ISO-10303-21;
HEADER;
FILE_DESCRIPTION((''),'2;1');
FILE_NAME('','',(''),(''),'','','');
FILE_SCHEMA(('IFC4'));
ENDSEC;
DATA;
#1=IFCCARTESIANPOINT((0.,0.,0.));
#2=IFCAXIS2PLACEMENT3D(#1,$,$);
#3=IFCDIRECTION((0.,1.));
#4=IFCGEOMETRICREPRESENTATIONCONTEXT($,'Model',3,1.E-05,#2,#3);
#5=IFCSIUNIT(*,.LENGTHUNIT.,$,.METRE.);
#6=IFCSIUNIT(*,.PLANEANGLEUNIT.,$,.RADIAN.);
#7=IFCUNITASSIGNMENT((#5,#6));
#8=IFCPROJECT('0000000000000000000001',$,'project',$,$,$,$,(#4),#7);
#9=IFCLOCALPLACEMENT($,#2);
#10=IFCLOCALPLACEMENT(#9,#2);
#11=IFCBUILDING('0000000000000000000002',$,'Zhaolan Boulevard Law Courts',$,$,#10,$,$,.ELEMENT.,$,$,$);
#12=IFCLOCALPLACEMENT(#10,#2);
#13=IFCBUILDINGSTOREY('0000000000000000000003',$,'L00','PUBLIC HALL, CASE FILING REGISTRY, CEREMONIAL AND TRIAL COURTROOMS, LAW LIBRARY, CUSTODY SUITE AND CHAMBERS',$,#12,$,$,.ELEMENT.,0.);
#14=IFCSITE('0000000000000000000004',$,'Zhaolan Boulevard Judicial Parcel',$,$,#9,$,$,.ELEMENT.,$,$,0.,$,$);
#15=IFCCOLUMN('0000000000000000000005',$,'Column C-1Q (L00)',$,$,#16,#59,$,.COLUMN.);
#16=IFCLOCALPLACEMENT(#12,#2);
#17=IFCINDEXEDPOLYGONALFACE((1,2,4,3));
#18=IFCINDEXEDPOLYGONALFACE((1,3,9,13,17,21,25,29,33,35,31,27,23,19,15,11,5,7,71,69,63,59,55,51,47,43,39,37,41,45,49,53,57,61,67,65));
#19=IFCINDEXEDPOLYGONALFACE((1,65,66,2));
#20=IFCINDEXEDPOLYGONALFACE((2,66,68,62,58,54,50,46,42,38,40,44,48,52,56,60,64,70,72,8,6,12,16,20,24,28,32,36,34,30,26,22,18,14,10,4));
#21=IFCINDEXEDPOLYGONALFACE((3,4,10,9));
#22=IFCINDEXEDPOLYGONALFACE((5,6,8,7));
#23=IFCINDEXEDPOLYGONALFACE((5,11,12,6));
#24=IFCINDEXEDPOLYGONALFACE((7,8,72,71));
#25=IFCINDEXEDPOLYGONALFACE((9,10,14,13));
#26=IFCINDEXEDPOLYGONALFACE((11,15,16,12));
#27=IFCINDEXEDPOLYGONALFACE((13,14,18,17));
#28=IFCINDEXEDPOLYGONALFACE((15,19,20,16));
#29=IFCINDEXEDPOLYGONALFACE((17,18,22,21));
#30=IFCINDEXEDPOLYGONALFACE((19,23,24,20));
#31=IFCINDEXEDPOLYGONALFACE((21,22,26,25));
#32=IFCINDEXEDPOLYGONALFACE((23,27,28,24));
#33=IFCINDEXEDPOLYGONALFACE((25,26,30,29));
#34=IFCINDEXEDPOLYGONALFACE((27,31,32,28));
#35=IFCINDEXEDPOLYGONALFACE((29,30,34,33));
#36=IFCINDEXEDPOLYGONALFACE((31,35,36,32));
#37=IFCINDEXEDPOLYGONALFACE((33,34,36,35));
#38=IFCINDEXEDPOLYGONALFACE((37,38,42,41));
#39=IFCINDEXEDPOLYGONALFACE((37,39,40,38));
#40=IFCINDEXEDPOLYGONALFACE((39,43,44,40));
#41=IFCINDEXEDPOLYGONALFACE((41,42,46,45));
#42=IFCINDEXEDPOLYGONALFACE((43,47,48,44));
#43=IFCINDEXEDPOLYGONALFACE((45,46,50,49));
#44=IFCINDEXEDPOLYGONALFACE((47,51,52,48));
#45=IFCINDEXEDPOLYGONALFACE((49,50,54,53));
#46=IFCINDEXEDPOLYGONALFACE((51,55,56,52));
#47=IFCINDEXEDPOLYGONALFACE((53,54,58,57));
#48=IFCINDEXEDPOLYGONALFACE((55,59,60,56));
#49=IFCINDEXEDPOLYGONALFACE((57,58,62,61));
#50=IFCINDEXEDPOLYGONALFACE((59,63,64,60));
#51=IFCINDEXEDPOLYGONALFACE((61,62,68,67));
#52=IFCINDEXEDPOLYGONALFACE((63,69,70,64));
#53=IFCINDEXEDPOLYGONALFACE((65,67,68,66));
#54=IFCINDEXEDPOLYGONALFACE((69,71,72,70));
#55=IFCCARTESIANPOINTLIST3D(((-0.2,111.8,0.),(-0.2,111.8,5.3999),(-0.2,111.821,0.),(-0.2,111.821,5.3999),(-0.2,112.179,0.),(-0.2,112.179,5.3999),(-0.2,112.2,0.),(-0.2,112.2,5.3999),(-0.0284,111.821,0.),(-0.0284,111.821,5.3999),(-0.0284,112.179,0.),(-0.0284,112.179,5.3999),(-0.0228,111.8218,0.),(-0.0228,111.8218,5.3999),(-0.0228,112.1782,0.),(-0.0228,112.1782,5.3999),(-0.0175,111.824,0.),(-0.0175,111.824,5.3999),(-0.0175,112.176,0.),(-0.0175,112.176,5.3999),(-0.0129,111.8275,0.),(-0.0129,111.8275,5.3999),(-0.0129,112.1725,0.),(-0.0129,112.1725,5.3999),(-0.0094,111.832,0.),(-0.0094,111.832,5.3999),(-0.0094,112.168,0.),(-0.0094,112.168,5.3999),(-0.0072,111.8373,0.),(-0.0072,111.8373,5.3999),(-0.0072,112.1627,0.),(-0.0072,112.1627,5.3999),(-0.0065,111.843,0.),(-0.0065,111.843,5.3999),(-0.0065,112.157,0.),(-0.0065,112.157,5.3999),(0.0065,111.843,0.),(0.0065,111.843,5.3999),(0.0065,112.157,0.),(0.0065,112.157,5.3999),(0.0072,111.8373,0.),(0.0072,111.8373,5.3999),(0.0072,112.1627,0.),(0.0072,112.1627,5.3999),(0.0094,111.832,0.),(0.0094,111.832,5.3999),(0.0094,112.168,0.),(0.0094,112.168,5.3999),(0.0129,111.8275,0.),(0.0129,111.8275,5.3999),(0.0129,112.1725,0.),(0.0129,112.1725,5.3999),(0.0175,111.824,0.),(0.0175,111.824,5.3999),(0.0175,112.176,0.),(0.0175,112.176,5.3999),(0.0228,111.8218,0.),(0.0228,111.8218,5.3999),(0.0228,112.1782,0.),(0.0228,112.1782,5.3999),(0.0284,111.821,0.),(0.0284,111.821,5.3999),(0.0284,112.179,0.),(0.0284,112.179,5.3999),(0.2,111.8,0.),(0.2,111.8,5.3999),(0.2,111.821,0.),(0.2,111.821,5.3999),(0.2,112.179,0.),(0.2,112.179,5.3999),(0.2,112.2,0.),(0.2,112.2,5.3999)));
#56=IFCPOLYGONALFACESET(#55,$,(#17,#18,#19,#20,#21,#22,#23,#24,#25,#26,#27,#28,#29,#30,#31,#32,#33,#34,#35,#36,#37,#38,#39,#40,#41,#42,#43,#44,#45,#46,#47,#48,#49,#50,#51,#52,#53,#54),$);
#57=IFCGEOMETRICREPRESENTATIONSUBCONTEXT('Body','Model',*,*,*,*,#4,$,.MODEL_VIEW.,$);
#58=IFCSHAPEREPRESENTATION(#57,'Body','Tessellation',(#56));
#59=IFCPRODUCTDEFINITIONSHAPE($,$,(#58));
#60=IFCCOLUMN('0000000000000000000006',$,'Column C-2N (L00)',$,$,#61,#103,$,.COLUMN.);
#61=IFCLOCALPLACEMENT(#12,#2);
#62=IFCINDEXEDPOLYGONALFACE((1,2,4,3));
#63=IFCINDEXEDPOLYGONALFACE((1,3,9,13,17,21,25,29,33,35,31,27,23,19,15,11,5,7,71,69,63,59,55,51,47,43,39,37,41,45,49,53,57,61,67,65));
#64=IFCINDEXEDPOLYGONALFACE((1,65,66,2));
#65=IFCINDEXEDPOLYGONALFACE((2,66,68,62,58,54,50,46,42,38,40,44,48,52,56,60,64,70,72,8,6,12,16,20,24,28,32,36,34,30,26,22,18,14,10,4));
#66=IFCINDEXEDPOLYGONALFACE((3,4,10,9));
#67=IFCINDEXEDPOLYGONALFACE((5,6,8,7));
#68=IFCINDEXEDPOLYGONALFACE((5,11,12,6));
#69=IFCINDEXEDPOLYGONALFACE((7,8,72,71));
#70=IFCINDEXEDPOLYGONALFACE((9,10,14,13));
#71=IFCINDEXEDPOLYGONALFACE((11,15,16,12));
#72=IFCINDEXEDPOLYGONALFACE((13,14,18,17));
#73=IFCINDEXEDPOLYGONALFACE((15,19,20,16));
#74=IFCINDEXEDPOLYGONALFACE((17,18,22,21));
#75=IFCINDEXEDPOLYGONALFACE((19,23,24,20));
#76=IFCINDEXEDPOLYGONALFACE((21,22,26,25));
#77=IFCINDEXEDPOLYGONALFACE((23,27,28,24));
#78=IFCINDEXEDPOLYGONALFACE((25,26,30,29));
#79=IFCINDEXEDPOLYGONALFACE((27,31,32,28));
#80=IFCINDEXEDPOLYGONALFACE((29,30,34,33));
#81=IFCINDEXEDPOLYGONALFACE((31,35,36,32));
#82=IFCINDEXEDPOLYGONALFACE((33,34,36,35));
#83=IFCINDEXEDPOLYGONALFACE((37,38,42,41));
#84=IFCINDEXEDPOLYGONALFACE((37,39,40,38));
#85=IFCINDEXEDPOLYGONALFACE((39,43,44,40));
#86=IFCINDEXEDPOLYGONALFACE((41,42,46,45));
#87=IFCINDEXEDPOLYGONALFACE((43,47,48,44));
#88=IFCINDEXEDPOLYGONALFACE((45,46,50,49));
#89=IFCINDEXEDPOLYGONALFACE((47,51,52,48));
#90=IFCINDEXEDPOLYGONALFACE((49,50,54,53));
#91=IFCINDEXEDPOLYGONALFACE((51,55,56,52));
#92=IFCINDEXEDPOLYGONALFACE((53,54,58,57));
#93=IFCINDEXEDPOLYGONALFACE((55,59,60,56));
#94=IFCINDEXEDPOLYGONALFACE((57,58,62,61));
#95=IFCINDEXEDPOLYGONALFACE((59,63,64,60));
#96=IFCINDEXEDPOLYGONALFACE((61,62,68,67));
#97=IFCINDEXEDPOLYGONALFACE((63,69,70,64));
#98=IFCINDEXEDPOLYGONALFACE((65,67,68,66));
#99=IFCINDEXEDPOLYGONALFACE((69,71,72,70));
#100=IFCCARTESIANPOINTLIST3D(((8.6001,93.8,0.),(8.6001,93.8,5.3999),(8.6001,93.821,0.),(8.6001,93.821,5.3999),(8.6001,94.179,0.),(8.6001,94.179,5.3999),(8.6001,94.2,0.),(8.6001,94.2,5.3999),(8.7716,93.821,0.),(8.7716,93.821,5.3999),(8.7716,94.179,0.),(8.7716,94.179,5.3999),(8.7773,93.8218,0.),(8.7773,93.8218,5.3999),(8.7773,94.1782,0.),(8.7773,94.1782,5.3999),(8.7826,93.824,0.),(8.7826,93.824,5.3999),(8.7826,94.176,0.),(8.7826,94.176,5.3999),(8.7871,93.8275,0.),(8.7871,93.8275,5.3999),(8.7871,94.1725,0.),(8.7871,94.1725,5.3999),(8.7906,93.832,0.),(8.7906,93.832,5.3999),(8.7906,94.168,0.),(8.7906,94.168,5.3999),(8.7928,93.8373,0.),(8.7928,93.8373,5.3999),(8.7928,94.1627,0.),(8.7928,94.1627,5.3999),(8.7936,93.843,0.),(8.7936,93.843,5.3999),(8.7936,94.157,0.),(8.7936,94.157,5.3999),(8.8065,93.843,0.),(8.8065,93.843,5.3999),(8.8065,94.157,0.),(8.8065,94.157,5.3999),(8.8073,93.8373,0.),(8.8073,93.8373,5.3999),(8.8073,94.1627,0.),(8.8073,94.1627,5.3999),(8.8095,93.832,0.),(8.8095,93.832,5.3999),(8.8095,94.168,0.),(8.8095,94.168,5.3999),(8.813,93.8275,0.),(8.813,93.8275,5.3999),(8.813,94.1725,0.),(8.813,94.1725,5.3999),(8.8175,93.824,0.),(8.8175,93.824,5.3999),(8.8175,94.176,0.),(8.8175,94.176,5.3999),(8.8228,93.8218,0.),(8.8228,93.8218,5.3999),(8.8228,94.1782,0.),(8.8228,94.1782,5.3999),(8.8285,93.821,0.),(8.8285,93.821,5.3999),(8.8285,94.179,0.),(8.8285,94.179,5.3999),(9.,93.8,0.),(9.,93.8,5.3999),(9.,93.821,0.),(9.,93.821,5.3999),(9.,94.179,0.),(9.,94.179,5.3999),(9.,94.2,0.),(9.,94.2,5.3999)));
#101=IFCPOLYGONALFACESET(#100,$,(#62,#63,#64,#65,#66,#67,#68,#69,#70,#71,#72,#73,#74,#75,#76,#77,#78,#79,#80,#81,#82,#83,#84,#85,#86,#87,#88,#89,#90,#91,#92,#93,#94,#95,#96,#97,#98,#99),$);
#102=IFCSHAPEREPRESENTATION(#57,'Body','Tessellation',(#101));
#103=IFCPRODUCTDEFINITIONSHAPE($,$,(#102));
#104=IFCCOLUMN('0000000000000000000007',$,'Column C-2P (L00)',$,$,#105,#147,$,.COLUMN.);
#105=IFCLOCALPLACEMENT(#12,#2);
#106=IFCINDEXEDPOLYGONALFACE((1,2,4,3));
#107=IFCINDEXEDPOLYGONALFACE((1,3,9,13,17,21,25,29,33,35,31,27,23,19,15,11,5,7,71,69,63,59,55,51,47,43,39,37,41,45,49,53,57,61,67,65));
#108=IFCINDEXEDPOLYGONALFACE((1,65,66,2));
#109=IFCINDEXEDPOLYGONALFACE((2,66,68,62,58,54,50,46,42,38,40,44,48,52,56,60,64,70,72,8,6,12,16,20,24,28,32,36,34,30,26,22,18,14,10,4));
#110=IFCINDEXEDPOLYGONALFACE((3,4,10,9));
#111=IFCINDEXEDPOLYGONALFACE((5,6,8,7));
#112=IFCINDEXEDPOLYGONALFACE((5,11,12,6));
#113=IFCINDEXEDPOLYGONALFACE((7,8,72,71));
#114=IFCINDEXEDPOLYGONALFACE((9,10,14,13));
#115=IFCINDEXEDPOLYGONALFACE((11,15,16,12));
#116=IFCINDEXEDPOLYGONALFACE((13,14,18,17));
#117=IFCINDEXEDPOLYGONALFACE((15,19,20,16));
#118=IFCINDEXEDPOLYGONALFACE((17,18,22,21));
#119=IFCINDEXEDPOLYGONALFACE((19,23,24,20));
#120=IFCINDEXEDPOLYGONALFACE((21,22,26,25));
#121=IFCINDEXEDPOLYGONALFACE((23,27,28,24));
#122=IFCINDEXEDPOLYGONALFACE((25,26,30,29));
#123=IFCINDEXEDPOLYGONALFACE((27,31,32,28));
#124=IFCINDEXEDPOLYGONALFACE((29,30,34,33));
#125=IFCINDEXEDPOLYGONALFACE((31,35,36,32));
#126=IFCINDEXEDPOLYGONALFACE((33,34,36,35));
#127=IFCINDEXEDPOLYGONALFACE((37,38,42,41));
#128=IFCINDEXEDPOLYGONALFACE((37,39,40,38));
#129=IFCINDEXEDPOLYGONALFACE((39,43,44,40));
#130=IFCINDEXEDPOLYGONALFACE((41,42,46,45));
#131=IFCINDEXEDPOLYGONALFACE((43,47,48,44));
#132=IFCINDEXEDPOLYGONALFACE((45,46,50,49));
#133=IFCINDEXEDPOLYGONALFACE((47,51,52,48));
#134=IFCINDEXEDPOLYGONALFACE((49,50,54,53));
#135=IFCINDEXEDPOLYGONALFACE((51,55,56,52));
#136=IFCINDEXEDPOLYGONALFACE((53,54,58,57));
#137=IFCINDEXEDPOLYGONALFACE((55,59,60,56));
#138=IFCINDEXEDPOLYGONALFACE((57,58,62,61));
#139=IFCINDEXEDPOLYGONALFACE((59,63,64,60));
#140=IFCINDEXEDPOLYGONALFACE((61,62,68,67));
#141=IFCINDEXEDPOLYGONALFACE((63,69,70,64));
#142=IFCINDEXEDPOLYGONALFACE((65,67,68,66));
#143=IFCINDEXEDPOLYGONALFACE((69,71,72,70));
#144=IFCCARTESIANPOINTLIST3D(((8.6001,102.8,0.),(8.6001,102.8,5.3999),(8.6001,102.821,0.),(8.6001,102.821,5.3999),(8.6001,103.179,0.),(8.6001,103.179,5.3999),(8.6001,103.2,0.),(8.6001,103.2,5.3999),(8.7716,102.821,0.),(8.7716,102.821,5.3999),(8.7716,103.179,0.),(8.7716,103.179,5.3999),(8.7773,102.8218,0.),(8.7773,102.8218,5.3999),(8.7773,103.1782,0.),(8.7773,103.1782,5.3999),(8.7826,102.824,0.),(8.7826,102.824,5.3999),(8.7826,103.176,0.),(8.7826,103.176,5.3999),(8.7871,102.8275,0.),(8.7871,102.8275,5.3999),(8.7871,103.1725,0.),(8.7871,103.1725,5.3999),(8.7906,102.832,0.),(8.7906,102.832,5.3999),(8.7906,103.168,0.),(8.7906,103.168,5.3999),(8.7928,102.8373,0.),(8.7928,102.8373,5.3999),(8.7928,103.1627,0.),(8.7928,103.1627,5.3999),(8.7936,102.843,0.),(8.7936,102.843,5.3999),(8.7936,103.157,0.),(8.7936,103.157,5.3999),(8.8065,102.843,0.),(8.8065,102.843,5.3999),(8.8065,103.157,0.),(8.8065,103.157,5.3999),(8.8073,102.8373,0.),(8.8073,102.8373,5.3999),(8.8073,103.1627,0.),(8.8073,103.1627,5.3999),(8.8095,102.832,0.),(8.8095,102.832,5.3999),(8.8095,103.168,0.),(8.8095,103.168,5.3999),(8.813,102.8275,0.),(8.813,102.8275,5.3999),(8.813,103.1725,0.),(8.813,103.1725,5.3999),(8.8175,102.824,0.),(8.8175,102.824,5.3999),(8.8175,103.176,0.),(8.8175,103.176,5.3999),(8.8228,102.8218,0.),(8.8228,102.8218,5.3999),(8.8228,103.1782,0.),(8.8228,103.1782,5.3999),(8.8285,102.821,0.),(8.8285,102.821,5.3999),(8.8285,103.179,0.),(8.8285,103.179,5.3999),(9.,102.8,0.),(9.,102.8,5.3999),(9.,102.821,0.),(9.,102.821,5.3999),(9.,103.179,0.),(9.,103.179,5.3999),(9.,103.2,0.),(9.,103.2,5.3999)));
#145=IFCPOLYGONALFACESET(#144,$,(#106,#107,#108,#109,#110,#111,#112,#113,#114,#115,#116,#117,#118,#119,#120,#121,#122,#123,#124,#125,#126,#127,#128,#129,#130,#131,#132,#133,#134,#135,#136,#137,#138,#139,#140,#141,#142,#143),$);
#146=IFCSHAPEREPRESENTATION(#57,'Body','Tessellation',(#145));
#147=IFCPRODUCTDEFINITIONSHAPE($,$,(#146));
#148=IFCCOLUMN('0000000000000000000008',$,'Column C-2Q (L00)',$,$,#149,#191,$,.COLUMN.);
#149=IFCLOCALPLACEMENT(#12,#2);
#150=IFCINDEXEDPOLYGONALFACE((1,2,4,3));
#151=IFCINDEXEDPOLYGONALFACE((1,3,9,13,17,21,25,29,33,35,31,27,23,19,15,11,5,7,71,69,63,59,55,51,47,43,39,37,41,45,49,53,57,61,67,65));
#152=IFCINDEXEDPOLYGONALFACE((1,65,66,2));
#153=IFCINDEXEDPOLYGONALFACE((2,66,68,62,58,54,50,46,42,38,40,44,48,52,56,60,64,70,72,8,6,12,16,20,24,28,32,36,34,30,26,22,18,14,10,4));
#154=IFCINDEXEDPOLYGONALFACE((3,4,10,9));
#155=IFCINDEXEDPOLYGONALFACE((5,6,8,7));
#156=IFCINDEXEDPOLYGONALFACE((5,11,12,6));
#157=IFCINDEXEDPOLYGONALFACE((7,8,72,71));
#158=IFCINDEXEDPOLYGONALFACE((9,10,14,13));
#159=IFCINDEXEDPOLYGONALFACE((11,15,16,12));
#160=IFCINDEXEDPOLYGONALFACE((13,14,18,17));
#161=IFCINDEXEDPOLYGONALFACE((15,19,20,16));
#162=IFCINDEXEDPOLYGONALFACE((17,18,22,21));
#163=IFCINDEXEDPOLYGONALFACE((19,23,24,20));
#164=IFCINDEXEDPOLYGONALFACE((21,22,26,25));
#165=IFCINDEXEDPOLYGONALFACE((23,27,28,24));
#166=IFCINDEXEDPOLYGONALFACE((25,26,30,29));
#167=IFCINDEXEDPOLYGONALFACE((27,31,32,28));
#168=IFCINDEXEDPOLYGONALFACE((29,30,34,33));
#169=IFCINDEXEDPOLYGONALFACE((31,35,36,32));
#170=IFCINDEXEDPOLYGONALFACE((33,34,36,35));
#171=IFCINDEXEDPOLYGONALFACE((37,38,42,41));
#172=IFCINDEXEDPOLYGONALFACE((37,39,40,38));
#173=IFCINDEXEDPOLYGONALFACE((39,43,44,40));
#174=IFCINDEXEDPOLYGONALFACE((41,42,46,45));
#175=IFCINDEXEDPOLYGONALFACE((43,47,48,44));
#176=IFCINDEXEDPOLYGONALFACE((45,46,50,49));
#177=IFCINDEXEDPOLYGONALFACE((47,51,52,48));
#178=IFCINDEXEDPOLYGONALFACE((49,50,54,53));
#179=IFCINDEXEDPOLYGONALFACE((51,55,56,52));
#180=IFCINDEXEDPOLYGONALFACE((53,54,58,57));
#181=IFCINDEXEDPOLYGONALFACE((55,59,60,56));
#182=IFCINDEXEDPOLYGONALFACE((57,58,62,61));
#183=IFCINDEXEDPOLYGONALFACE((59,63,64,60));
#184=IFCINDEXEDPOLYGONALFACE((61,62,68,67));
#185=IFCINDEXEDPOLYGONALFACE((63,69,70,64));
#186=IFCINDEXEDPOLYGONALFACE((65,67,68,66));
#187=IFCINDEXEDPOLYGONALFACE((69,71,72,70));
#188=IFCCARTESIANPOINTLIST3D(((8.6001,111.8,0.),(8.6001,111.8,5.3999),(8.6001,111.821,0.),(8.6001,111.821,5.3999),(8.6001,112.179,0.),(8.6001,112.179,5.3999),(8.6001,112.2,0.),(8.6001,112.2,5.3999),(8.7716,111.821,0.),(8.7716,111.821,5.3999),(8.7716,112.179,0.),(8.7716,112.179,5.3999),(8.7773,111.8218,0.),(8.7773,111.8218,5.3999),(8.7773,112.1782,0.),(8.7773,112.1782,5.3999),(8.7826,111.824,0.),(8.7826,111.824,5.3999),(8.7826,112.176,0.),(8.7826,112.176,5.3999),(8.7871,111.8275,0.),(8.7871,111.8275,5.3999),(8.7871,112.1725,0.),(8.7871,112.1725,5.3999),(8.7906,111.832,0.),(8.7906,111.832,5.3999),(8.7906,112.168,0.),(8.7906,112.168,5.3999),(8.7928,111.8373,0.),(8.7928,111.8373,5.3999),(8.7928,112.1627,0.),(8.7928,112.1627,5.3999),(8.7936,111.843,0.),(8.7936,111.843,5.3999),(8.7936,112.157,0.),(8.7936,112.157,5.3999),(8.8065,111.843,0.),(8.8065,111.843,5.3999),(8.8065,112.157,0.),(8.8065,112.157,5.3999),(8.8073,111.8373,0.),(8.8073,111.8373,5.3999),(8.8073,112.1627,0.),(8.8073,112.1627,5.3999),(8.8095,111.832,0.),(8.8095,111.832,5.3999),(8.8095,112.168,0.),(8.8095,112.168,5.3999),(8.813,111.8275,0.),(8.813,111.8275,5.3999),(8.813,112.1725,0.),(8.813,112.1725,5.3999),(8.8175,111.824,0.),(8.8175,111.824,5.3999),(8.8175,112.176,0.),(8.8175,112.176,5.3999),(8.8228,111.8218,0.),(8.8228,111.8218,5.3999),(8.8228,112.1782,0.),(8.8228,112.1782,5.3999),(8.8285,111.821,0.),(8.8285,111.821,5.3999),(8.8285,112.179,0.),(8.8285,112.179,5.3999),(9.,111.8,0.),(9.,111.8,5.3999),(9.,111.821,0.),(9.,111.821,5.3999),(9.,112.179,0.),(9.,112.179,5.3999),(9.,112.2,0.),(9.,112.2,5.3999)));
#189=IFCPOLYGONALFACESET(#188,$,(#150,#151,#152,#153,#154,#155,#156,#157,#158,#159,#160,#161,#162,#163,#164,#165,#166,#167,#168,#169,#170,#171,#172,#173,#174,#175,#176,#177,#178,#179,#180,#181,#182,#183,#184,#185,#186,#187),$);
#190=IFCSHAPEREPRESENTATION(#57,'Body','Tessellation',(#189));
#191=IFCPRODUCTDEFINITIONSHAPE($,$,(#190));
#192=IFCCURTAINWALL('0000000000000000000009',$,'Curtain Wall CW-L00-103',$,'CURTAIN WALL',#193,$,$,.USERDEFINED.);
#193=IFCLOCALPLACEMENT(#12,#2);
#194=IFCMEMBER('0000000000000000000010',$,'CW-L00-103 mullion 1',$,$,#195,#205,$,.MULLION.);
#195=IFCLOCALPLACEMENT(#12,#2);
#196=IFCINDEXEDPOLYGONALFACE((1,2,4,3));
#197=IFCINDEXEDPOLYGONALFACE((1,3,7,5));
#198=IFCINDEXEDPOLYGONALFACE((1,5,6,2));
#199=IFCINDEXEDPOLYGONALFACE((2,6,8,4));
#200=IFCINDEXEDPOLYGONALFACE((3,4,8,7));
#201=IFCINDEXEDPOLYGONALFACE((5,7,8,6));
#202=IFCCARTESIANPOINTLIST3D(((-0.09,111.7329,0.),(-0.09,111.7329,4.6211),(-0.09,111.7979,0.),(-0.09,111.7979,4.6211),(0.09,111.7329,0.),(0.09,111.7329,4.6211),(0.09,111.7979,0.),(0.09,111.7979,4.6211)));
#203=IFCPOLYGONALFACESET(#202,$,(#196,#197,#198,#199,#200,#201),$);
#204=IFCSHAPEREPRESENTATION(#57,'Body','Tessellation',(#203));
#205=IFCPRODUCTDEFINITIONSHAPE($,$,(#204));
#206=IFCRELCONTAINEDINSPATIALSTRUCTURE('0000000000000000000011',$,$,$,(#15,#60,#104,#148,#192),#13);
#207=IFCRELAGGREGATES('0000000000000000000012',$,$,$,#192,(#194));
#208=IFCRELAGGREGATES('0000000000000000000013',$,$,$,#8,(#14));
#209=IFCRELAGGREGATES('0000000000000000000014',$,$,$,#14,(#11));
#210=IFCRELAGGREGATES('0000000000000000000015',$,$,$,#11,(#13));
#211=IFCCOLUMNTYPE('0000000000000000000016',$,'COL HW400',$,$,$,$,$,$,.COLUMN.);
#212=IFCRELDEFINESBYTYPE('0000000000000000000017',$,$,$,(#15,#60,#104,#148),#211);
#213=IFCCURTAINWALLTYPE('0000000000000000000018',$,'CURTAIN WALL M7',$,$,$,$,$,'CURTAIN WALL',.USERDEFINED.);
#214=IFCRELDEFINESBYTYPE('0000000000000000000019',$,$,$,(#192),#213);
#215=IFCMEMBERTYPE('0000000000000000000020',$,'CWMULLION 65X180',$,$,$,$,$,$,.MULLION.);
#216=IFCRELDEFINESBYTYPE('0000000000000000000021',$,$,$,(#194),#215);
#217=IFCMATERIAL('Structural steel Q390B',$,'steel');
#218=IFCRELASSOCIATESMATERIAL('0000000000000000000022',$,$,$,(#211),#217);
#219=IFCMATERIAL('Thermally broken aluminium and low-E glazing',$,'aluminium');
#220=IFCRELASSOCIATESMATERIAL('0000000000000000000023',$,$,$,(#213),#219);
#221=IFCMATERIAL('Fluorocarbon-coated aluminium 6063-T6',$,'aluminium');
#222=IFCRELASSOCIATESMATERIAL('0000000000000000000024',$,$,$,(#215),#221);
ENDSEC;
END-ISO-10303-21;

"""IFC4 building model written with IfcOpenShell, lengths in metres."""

from ifc_helpers import new_model, si_unit, direction, frame, origin, origin_2d, place, context, subcontext, project, spatial, rectangle, i_section, extrude, material, material_profile, profile_set, type_object, element, aggregate, save


model = new_model("IFC4")

# Units and contexts
model_context = context("Model", 3, precision=1e-05, world=origin(), true_north=direction((0.0, 1.0)))
body_context = subcontext(model_context, "Body", "Model", "MODEL_VIEW")
ifc_project = project(units=[si_unit("LENGTHUNIT", "METRE"), si_unit("PLANEANGLEUNIT", "RADIAN")], contexts=[model_context])

# Site, building, storey
site_placement = place(None, origin())
site = spatial("IfcSite", under=ifc_project, at=site_placement, Name="Zhaolan Boulevard Judicial Parcel", CompositionType="ELEMENT", RefElevation=0.0)
building_placement = place(site_placement, origin())
building = spatial("IfcBuilding", under=site, at=building_placement, Name="Zhaolan Boulevard Law Courts", CompositionType="ELEMENT")
storey_placement = place(building_placement, origin())
storey = spatial("IfcBuildingStorey", under=building, at=storey_placement, Name="L00", Description="PUBLIC HALL, CASE FILING REGISTRY, CEREMONIAL AND TRIAL COURTROOMS, LAW LIBRARY, CUSTODY SUITE AND CHAMBERS", CompositionType="ELEMENT", Elevation=0.0)

# Columns
ifc_material_1 = material(Name="Structural steel Q390B", Category="steel")
ifc_material_profile_1 = material_profile(ifc_material_1, i_section(OverallWidth=0.3999, OverallDepth=0.3999, WebThickness=0.0129, FlangeThickness=0.021, FilletRadius=0.022, at=origin_2d()), Name="HW400x400")
ifc_profile_set_1 = profile_set([ifc_material_profile_1], Name="Structural steel Q390B")
column_type = type_object("IfcColumnType", Name="COL HW400", PredefinedType="COLUMN", material=ifc_profile_set_1)
for number, where, z_axis, x_axis, name in (
    (1, (0.0, 112.0, 0.0), (0.0, 0.0, 1.0), (1.0, 0.0, 0.0), "Column C-1Q (L00)"),
    (2, (8.8, 94.0, 0.0), (0.0, 0.0, 1.0), (1.0, 0.0, 0.0), "Column C-2N (L00)"),
    (3, (8.8, 103.0, 0.0), (0.0, 0.0, 1.0), (1.0, 0.0, 0.0), "Column C-2P (L00)"),
    (4, (8.8, 112.0, 0.0), (0.0, 0.0, 1.0), (1.0, 0.0, 0.0), "Column C-2Q (L00)"),
):
    element("IfcColumn", number, at=place(storey_placement, frame(where, z_axis=z_axis, x_axis=x_axis)), inside=storey, type_object=column_type, Name=name, PredefinedType="COLUMN", context=body_context, shape_type="SweptSolid", body=[
        extrude(i_section(OverallWidth=0.3999, OverallDepth=0.3999, WebThickness=0.0129, FlangeThickness=0.021, FilletRadius=0.022, at=origin_2d()), origin(), (0.0, 0.0, 1.0), 5.3999),
    ])

# Curtain wall, member
ifc_material_2 = material(Name="Thermally broken aluminium and low-E glazing", Category="aluminium")
curtain_wall_type = type_object("IfcCurtainWallType", Name="CURTAIN WALL M7", ElementType="CURTAIN WALL", PredefinedType="USERDEFINED", material=ifc_material_2)
curtain_wall_placement = place(storey_placement, origin())
curtain_wall = element("IfcCurtainWall", 5, at=curtain_wall_placement, inside=storey, type_object=curtain_wall_type, Name="Curtain Wall CW-L00-103", ObjectType="CURTAIN WALL", PredefinedType="USERDEFINED")
ifc_material_3 = material(Name="Fluorocarbon-coated aluminium 6063-T6", Category="aluminium")
ifc_material_profile_2 = material_profile(ifc_material_3, rectangle(XDim=0.1799, YDim=0.0649, at=origin_2d()), Name="AL65x180")
ifc_profile_set_2 = profile_set([ifc_material_profile_2], Name="Fluorocarbon-coated aluminium 6063-T6")
member_type_1 = type_object("IfcMemberType", Name="CWMULLION 65X180", PredefinedType="MULLION", material=ifc_profile_set_2)
member_1_placement = place(storey_placement, frame((0.0, 111.7654, 0.0), z_axis=(0.0, 0.0, 1.0), x_axis=(1.0, 0.0, 0.0)))
member_1 = element("IfcMember", 6, at=member_1_placement, type_object=member_type_1, Name="CW-L00-103 mullion 1", PredefinedType="MULLION", context=body_context, shape_type="SweptSolid", body=[
    extrude(rectangle(XDim=0.1799, YDim=0.0649, at=origin_2d()), origin(), (0.0, 0.0, 1.0), 4.6211),
])
aggregate(curtain_wall, [member_1])

save(model, "model.ifc")
